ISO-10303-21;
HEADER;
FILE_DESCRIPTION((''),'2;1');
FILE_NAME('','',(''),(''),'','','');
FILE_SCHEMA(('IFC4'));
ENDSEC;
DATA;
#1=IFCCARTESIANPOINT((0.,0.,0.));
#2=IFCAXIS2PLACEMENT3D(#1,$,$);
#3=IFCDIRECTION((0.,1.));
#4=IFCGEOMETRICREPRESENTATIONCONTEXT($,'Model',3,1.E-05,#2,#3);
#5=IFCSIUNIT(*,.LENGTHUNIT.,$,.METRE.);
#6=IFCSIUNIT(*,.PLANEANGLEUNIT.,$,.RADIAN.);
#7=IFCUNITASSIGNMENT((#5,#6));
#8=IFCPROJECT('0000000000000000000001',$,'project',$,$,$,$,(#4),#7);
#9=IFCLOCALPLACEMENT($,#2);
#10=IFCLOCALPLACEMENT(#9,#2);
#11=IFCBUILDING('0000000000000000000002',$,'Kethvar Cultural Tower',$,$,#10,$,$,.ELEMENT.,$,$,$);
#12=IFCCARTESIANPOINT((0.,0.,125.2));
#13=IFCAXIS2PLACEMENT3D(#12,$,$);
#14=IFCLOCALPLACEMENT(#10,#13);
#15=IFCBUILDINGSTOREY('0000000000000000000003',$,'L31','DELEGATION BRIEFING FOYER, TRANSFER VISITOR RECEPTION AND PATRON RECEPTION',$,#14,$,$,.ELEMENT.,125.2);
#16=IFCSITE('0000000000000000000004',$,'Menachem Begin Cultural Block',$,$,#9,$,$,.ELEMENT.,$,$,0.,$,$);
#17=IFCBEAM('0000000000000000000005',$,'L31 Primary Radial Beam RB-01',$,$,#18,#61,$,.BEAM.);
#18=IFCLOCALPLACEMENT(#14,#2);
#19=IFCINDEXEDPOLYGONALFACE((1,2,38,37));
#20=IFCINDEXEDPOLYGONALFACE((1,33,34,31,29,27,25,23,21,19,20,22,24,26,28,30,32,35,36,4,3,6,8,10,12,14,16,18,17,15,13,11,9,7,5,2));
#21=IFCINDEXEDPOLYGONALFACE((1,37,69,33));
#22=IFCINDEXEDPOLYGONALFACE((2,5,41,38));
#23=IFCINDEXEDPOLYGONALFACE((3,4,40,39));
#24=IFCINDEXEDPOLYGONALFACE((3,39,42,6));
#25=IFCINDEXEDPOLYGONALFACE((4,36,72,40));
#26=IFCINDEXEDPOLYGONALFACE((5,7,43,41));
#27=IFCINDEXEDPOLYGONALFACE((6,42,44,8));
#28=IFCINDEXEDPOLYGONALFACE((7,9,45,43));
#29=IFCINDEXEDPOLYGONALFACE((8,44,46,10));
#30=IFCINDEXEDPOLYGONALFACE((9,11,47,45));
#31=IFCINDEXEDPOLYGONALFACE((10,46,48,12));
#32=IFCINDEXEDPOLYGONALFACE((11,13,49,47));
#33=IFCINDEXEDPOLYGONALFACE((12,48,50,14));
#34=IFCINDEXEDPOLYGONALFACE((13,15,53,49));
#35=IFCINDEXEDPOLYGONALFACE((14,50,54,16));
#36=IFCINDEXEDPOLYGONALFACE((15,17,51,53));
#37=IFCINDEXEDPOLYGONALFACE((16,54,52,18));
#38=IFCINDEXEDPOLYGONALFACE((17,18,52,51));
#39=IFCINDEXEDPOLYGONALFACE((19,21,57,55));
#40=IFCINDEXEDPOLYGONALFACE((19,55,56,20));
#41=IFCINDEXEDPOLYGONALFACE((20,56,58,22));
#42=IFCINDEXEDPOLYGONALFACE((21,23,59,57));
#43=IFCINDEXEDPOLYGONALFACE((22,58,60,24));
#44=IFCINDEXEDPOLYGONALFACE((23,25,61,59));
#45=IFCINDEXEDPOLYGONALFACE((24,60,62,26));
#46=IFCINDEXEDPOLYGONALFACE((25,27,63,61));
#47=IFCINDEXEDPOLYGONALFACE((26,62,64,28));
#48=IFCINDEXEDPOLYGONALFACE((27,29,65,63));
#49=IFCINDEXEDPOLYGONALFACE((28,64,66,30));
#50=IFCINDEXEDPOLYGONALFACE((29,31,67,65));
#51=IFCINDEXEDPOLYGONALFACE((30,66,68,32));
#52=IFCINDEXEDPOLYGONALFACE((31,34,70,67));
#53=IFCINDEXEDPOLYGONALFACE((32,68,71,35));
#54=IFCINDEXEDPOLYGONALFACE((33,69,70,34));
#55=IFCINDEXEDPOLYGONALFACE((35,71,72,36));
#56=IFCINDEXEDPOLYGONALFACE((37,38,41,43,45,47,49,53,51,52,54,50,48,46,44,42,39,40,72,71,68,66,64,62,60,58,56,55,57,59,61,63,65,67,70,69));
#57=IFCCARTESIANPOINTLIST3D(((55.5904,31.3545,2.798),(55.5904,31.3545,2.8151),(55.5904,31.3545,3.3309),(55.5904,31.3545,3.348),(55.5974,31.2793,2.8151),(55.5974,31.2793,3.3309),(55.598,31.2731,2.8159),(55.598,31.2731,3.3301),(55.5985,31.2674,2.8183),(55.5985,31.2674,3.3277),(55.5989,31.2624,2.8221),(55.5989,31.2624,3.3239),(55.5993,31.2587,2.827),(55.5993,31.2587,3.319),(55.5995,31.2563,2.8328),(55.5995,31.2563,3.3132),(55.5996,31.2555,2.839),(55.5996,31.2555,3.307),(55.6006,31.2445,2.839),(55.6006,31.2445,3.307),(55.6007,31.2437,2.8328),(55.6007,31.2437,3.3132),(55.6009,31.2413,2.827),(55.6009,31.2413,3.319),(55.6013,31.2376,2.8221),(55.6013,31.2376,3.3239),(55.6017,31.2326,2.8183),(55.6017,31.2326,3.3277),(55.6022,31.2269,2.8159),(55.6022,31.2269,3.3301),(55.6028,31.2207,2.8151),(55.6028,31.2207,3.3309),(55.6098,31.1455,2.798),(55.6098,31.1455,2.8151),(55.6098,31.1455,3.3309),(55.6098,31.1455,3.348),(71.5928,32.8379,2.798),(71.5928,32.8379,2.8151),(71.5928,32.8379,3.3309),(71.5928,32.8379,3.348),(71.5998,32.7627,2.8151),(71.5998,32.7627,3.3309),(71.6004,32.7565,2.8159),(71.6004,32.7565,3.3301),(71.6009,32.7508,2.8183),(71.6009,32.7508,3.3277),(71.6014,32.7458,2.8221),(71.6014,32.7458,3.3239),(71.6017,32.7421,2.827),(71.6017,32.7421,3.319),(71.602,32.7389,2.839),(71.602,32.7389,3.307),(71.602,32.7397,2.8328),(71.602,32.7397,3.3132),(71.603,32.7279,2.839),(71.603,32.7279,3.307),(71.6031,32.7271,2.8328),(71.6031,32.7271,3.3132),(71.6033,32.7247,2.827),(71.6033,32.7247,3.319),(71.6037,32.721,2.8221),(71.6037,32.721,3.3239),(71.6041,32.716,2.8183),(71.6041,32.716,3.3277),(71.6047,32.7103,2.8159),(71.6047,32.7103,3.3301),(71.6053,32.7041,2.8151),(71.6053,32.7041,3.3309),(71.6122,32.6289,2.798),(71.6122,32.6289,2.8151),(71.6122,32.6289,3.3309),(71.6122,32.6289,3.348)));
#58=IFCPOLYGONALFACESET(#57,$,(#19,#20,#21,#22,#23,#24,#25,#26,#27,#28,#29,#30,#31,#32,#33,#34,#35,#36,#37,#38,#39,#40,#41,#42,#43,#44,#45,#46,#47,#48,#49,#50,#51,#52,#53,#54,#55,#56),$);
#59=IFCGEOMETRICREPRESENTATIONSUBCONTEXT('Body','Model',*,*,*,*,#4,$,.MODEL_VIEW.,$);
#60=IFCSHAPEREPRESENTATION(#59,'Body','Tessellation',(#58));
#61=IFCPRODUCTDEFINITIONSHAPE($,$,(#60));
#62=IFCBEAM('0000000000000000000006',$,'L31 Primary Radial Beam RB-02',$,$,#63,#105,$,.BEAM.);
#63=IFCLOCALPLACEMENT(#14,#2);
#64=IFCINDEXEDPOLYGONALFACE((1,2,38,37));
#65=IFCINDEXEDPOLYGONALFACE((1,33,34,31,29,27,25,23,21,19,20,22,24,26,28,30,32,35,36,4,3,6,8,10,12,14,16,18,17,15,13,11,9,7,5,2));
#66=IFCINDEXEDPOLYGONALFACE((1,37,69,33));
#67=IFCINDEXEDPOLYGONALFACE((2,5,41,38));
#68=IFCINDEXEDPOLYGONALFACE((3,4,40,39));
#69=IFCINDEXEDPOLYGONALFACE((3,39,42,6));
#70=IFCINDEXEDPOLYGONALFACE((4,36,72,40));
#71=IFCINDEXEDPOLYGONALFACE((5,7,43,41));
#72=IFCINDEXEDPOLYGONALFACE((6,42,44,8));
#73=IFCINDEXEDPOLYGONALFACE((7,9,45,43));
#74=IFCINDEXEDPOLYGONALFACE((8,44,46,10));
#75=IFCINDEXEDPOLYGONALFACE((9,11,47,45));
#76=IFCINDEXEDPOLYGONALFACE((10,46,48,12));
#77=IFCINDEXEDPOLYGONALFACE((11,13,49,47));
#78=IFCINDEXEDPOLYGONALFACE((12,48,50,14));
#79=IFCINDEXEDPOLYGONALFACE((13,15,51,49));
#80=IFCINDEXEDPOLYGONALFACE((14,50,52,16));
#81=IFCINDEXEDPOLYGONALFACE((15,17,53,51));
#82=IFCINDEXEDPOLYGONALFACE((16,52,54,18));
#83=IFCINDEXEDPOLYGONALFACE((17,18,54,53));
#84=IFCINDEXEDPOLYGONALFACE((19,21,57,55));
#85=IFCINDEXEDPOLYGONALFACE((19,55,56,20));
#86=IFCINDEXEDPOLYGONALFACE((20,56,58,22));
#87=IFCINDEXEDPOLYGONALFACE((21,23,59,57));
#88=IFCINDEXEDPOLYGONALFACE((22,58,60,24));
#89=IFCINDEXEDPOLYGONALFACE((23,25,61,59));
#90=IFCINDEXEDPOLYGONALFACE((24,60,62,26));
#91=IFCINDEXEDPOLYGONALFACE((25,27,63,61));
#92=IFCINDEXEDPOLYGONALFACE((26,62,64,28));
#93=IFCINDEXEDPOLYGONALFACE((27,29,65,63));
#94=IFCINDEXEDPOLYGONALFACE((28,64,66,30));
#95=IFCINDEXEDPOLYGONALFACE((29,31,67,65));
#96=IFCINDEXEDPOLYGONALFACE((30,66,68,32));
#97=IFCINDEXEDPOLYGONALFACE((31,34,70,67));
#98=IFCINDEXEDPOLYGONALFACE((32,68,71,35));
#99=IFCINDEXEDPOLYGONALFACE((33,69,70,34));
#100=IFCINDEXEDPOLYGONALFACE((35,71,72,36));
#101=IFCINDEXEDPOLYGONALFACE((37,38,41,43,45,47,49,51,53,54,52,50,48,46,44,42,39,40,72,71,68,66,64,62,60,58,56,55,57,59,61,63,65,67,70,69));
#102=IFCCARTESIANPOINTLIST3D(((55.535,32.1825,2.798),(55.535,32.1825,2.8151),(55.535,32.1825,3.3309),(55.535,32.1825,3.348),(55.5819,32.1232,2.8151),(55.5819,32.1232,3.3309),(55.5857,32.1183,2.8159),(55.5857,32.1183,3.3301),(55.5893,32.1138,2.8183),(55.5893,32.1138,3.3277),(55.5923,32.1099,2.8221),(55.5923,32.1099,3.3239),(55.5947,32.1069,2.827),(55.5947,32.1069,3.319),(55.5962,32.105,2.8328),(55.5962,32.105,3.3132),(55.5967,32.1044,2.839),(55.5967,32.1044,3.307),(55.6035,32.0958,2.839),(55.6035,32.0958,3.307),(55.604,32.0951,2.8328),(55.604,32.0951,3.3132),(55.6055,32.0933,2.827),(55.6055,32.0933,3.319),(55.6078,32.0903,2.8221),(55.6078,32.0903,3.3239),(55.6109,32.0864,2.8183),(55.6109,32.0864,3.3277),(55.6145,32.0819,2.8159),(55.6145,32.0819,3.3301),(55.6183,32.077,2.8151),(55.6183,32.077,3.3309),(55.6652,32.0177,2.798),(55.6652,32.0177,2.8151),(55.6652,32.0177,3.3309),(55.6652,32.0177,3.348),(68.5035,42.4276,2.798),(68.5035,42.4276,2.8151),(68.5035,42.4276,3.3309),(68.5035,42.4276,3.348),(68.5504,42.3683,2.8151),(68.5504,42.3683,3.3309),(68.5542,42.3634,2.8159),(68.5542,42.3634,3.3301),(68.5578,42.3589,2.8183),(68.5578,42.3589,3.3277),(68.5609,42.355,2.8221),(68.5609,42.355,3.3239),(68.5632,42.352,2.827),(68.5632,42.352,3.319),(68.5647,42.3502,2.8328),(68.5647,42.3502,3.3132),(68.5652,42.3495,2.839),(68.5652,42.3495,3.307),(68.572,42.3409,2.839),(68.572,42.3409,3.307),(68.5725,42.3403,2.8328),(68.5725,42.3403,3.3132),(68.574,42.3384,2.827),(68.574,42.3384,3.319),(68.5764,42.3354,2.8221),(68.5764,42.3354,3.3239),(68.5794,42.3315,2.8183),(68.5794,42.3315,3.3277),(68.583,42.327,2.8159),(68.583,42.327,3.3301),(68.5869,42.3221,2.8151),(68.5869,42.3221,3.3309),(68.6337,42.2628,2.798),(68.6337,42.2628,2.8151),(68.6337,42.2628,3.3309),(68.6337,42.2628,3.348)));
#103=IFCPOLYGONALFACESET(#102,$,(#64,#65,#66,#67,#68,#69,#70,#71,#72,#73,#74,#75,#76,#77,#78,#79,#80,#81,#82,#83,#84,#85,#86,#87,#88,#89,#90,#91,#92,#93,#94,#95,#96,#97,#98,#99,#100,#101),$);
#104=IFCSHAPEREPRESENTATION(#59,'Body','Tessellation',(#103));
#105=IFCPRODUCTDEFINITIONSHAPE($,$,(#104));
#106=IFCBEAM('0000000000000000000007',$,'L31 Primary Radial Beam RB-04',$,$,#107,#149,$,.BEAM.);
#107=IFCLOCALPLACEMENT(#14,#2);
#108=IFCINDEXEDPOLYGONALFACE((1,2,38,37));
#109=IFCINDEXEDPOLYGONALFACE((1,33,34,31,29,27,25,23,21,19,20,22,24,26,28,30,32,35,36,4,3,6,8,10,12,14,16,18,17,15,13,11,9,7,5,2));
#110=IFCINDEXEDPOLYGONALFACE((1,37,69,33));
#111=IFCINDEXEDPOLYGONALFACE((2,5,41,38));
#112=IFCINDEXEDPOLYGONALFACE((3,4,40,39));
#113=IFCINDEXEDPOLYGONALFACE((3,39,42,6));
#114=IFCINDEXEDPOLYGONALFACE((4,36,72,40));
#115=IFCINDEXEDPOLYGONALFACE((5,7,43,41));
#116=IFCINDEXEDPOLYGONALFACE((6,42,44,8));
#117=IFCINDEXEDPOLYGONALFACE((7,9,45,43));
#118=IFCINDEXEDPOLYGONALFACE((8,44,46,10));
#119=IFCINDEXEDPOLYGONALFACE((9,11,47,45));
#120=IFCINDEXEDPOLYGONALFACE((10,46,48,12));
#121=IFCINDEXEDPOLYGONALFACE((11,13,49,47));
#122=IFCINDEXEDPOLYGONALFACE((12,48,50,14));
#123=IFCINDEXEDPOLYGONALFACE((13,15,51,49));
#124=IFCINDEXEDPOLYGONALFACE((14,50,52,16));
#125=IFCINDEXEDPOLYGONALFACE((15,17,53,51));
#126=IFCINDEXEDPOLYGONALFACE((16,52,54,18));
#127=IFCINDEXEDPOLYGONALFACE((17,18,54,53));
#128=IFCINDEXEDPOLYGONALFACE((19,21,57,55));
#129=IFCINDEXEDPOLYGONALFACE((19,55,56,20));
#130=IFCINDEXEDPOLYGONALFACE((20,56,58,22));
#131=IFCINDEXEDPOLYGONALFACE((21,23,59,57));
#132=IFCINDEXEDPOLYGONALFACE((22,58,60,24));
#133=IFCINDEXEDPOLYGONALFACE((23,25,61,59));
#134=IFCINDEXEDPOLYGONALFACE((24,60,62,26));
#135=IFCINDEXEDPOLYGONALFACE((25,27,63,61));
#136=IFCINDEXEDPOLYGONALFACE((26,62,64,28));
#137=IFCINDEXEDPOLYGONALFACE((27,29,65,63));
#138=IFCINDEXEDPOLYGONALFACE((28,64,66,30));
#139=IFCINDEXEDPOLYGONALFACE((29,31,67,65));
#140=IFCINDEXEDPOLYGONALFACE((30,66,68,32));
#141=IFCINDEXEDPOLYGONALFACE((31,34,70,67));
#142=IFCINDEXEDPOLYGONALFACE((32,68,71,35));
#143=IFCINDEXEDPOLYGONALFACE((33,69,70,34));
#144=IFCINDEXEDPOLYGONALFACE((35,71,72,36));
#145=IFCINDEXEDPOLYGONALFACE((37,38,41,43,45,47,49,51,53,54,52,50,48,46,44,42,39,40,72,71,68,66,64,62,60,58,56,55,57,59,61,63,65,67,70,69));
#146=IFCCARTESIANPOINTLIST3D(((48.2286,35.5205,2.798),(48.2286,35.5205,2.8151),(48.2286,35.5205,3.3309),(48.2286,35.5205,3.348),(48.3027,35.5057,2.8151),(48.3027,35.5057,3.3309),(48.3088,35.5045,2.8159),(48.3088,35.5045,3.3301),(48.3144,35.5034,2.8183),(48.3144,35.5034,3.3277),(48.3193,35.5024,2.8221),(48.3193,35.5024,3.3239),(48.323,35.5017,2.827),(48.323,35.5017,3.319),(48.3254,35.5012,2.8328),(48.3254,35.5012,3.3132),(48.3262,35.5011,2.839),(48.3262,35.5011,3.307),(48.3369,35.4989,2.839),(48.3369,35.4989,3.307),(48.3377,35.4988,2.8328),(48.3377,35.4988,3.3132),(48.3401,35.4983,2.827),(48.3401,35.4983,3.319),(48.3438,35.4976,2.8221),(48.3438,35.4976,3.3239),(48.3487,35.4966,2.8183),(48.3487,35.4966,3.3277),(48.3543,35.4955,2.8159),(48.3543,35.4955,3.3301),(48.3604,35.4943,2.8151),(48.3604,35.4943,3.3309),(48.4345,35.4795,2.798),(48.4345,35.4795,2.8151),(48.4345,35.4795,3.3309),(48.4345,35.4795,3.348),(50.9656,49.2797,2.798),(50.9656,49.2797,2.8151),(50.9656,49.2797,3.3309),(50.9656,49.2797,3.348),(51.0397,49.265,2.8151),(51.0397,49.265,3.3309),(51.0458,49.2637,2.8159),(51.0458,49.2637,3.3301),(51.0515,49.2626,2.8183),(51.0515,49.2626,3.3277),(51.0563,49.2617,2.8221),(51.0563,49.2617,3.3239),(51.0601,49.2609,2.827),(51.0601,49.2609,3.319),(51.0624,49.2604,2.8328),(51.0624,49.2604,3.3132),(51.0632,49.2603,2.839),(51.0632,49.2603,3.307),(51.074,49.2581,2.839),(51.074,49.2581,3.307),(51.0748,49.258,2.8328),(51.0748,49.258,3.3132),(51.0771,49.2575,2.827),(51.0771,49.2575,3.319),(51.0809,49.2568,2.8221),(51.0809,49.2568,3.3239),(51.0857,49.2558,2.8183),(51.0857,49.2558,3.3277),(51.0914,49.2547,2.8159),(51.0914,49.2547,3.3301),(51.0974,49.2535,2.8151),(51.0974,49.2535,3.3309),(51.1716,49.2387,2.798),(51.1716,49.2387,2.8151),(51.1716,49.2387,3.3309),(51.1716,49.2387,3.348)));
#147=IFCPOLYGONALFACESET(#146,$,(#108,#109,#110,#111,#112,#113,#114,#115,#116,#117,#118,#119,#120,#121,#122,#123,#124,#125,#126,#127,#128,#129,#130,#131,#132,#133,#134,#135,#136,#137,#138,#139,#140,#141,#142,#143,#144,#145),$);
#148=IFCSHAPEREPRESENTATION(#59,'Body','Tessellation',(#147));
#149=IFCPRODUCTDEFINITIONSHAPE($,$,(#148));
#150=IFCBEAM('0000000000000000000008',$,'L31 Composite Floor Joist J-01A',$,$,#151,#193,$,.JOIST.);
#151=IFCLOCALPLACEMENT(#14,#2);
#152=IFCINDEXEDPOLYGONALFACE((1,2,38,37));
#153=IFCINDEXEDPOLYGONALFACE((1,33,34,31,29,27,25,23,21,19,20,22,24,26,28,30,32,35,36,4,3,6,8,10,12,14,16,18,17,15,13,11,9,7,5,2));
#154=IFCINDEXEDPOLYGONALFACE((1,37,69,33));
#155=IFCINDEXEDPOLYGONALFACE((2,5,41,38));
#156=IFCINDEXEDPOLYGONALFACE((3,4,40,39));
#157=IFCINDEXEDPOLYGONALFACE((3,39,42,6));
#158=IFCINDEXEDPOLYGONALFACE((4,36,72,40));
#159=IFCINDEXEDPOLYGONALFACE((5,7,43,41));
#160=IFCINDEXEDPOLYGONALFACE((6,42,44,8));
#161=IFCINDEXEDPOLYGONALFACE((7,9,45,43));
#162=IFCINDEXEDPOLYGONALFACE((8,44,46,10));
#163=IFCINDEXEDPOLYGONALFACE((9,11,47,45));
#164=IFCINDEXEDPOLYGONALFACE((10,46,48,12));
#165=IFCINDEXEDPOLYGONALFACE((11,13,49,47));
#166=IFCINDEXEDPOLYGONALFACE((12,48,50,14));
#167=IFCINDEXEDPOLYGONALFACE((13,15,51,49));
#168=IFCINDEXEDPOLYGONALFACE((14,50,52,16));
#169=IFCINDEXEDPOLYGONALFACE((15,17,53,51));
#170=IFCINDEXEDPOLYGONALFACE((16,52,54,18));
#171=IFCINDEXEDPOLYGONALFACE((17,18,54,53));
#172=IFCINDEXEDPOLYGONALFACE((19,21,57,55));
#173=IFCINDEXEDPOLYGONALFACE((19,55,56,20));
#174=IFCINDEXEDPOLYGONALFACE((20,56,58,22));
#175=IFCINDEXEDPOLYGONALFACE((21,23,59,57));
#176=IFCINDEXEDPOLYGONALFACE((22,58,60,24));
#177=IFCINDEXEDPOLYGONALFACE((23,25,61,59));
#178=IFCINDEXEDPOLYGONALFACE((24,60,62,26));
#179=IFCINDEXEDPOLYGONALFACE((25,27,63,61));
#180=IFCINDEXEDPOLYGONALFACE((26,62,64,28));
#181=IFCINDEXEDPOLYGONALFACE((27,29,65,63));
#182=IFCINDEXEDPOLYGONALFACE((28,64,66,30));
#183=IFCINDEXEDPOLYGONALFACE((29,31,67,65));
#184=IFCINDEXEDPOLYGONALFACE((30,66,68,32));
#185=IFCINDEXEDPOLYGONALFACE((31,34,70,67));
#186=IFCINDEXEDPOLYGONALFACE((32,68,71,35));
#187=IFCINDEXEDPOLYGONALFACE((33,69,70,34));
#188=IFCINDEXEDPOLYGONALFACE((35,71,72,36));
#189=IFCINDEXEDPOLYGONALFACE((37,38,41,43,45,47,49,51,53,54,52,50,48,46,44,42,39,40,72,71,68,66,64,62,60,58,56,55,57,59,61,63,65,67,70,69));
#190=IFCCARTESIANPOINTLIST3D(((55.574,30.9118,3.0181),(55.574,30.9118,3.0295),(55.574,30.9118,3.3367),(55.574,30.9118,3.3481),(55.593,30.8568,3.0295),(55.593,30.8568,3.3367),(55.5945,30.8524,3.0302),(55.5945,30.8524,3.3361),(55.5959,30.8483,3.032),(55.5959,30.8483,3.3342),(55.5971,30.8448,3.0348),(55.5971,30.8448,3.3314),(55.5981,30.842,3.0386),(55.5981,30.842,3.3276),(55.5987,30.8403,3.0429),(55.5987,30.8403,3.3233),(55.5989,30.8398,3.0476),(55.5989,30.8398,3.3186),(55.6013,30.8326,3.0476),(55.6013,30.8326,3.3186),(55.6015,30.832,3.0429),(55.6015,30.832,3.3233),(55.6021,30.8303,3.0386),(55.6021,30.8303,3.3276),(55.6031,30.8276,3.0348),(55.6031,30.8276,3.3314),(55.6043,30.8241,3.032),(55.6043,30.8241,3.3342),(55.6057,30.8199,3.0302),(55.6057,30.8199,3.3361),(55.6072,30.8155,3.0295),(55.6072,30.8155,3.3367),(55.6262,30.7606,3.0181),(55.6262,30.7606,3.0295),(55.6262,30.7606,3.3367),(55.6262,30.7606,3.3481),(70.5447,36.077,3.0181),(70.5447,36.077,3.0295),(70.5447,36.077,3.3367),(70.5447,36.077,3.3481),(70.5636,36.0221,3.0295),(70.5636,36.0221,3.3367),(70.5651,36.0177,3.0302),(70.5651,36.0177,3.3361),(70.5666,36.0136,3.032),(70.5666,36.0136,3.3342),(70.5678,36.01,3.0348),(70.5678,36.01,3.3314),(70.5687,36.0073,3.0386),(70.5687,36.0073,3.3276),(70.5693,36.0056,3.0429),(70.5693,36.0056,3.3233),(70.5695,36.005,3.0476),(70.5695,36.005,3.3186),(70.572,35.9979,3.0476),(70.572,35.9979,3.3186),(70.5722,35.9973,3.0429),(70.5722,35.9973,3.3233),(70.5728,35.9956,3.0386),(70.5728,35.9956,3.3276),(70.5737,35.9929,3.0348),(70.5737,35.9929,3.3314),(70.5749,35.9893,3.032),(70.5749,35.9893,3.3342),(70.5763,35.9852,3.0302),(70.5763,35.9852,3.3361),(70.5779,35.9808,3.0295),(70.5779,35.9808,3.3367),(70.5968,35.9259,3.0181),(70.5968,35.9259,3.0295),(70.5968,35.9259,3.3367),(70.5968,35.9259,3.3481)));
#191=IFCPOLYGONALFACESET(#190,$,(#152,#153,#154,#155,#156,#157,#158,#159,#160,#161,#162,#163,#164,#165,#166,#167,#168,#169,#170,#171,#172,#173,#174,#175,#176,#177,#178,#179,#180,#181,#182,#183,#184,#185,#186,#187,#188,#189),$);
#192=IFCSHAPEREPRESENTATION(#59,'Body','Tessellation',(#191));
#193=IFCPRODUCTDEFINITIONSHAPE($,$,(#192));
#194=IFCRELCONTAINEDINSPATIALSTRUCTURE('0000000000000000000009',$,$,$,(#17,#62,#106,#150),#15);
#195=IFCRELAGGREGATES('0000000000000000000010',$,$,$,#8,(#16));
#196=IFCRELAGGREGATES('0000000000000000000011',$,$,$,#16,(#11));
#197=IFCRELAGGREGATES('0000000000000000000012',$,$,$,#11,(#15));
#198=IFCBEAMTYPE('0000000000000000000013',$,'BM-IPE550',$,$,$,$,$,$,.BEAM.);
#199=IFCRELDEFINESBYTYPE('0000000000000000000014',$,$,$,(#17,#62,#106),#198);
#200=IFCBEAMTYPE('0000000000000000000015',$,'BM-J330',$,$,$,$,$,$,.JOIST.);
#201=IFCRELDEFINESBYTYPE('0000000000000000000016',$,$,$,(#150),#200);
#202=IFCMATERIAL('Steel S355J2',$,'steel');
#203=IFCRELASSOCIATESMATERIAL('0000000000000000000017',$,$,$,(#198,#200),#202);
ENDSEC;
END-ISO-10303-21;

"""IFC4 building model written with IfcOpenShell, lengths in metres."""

from ifc_helpers import new_model, si_unit, direction, frame, origin, origin_2d, place, context, subcontext, project, spatial, i_section, extrude, source, transform, mapped, material, material_profile, profile_set, type_object, element, save


model = new_model("IFC4")

# Units and contexts
model_context = context("Model", 3, precision=1e-05, world=origin(), true_north=direction((0.0, 1.0)))
body_context = subcontext(model_context, "Body", "Model", "MODEL_VIEW")
ifc_project = project(units=[si_unit("LENGTHUNIT", "METRE"), si_unit("PLANEANGLEUNIT", "RADIAN")], contexts=[model_context])

# Site, building, storey
site_placement = place(None, origin())
site = spatial("IfcSite", under=ifc_project, at=site_placement, Name="Menachem Begin Cultural Block", CompositionType="ELEMENT", RefElevation=0.0)
building_placement = place(site_placement, origin())
building = spatial("IfcBuilding", under=site, at=building_placement, Name="Kethvar Cultural Tower", CompositionType="ELEMENT")
storey_placement = place(building_placement, frame((0.0, 0.0, 125.2)))
storey = spatial("IfcBuildingStorey", under=building, at=storey_placement, Name="L31", Description="DELEGATION BRIEFING FOYER, TRANSFER VISITOR RECEPTION AND PATRON RECEPTION", CompositionType="ELEMENT", Elevation=125.2)

# Beams
ifc_material_1 = material(Name="Steel S355J2", Category="steel")
ifc_material_profile_1 = material_profile(ifc_material_1, i_section(OverallWidth=0.21, OverallDepth=0.55, WebThickness=0.011, FlangeThickness=0.0171, FilletRadius=0.0239, at=origin_2d()), Name="Steel S355J2 — IPE550")
ifc_profile_set_1 = profile_set([ifc_material_profile_1], Name="Steel S355J2 — IPE550")
beam_type_1 = type_object("IfcBeamType", Name="BM-IPE550", PredefinedType="BEAM", material=ifc_profile_set_1)
shared_shape_1 = source(origin(), body_context, "Body", "SweptSolid", [
    extrude(i_section(OverallWidth=0.21, OverallDepth=0.55, WebThickness=0.011, FlangeThickness=0.0171, FilletRadius=0.0239, at=origin_2d()), origin(), (0.0, 0.0, 1.0), 16.071),
])
beam_1_placement = place(storey_placement, frame((55.6001, 31.25, 3.073), z_axis=(0.995731, 0.092303, 0.0), x_axis=(-0.092303, 0.995731, 0.0)))
element("IfcBeam", 1, at=beam_1_placement, inside=storey, type_object=beam_type_1, Name="L31 Primary Radial Beam RB-01", PredefinedType="BEAM", context=body_context, shape_type="MappedRepresentation", body=[
    mapped(shared_shape_1, transform((0.0, 0.0, 0.0), scale=1.0)),
])
shared_shape_2 = source(origin(), body_context, "Body", "SweptSolid", [
    extrude(i_section(OverallWidth=0.21, OverallDepth=0.55, WebThickness=0.011, FlangeThickness=0.0171, FilletRadius=0.0239, at=origin_2d()), origin(), (0.0, 0.0, 1.0), 16.5271),
])
beam_2_placement = place(storey_placement, frame((55.6001, 32.1001, 3.073), z_axis=(0.784682, 0.619899, 0.0), x_axis=(-0.619899, 0.784682, 0.0)))
element("IfcBeam", 2, at=beam_2_placement, inside=storey, type_object=beam_type_1, Name="L31 Primary Radial Beam RB-02", PredefinedType="BEAM", context=body_context, shape_type="MappedRepresentation", body=[
    mapped(shared_shape_2, transform((0.0, 0.0, 0.0), scale=1.0)),
])
shared_shape_3 = source(origin(), body_context, "Body", "SweptSolid", [
    extrude(i_section(OverallWidth=0.21, OverallDepth=0.55, WebThickness=0.011, FlangeThickness=0.0171, FilletRadius=0.0239, at=origin_2d()), origin(), (0.0, 0.0, 1.0), 14.0288),
])
beam_3_placement = place(storey_placement, frame((48.3315, 35.5, 3.073), z_axis=(0.195102, 0.980783, 0.0), x_axis=(-0.980783, 0.195102, 0.0)))
element("IfcBeam", 3, at=beam_3_placement, inside=storey, type_object=beam_type_1, Name="L31 Primary Radial Beam RB-04", PredefinedType="BEAM", context=body_context, shape_type="MappedRepresentation", body=[
    mapped(shared_shape_3, transform((0.0, 0.0, 0.0), scale=1.0)),
])
ifc_material_profile_2 = material_profile(ifc_material_1, i_section(OverallWidth=0.1599, OverallDepth=0.3301, WebThickness=0.0076, FlangeThickness=0.0115, FilletRadius=0.0181, at=origin_2d()), Name="Steel S355J2 — IPE330")
ifc_profile_set_2 = profile_set([ifc_material_profile_2], Name="Steel S355J2 — IPE330")
beam_type_2 = type_object("IfcBeamType", Name="BM-J330", PredefinedType="JOIST", material=ifc_profile_set_2)
shared_shape_4 = source(origin(), body_context, "Body", "SweptSolid", [
    extrude(i_section(OverallWidth=0.1599, OverallDepth=0.3301, WebThickness=0.0076, FlangeThickness=0.0115, FilletRadius=0.0181, at=origin_2d()), origin(), (0.0, 0.0, 1.0), 15.8367),
])
beam_4_placement = place(storey_placement, frame((55.6001, 30.8362, 3.1831), z_axis=(0.945315, 0.326158, 0.0), x_axis=(-0.326158, 0.945315, 0.0)))
element("IfcBeam", 4, at=beam_4_placement, inside=storey, type_object=beam_type_2, Name="L31 Composite Floor Joist J-01A", PredefinedType="JOIST", context=body_context, shape_type="MappedRepresentation", body=[
    mapped(shared_shape_4, transform((0.0, 0.0, 0.0), scale=1.0)),
])

save(model, "model.ifc")
